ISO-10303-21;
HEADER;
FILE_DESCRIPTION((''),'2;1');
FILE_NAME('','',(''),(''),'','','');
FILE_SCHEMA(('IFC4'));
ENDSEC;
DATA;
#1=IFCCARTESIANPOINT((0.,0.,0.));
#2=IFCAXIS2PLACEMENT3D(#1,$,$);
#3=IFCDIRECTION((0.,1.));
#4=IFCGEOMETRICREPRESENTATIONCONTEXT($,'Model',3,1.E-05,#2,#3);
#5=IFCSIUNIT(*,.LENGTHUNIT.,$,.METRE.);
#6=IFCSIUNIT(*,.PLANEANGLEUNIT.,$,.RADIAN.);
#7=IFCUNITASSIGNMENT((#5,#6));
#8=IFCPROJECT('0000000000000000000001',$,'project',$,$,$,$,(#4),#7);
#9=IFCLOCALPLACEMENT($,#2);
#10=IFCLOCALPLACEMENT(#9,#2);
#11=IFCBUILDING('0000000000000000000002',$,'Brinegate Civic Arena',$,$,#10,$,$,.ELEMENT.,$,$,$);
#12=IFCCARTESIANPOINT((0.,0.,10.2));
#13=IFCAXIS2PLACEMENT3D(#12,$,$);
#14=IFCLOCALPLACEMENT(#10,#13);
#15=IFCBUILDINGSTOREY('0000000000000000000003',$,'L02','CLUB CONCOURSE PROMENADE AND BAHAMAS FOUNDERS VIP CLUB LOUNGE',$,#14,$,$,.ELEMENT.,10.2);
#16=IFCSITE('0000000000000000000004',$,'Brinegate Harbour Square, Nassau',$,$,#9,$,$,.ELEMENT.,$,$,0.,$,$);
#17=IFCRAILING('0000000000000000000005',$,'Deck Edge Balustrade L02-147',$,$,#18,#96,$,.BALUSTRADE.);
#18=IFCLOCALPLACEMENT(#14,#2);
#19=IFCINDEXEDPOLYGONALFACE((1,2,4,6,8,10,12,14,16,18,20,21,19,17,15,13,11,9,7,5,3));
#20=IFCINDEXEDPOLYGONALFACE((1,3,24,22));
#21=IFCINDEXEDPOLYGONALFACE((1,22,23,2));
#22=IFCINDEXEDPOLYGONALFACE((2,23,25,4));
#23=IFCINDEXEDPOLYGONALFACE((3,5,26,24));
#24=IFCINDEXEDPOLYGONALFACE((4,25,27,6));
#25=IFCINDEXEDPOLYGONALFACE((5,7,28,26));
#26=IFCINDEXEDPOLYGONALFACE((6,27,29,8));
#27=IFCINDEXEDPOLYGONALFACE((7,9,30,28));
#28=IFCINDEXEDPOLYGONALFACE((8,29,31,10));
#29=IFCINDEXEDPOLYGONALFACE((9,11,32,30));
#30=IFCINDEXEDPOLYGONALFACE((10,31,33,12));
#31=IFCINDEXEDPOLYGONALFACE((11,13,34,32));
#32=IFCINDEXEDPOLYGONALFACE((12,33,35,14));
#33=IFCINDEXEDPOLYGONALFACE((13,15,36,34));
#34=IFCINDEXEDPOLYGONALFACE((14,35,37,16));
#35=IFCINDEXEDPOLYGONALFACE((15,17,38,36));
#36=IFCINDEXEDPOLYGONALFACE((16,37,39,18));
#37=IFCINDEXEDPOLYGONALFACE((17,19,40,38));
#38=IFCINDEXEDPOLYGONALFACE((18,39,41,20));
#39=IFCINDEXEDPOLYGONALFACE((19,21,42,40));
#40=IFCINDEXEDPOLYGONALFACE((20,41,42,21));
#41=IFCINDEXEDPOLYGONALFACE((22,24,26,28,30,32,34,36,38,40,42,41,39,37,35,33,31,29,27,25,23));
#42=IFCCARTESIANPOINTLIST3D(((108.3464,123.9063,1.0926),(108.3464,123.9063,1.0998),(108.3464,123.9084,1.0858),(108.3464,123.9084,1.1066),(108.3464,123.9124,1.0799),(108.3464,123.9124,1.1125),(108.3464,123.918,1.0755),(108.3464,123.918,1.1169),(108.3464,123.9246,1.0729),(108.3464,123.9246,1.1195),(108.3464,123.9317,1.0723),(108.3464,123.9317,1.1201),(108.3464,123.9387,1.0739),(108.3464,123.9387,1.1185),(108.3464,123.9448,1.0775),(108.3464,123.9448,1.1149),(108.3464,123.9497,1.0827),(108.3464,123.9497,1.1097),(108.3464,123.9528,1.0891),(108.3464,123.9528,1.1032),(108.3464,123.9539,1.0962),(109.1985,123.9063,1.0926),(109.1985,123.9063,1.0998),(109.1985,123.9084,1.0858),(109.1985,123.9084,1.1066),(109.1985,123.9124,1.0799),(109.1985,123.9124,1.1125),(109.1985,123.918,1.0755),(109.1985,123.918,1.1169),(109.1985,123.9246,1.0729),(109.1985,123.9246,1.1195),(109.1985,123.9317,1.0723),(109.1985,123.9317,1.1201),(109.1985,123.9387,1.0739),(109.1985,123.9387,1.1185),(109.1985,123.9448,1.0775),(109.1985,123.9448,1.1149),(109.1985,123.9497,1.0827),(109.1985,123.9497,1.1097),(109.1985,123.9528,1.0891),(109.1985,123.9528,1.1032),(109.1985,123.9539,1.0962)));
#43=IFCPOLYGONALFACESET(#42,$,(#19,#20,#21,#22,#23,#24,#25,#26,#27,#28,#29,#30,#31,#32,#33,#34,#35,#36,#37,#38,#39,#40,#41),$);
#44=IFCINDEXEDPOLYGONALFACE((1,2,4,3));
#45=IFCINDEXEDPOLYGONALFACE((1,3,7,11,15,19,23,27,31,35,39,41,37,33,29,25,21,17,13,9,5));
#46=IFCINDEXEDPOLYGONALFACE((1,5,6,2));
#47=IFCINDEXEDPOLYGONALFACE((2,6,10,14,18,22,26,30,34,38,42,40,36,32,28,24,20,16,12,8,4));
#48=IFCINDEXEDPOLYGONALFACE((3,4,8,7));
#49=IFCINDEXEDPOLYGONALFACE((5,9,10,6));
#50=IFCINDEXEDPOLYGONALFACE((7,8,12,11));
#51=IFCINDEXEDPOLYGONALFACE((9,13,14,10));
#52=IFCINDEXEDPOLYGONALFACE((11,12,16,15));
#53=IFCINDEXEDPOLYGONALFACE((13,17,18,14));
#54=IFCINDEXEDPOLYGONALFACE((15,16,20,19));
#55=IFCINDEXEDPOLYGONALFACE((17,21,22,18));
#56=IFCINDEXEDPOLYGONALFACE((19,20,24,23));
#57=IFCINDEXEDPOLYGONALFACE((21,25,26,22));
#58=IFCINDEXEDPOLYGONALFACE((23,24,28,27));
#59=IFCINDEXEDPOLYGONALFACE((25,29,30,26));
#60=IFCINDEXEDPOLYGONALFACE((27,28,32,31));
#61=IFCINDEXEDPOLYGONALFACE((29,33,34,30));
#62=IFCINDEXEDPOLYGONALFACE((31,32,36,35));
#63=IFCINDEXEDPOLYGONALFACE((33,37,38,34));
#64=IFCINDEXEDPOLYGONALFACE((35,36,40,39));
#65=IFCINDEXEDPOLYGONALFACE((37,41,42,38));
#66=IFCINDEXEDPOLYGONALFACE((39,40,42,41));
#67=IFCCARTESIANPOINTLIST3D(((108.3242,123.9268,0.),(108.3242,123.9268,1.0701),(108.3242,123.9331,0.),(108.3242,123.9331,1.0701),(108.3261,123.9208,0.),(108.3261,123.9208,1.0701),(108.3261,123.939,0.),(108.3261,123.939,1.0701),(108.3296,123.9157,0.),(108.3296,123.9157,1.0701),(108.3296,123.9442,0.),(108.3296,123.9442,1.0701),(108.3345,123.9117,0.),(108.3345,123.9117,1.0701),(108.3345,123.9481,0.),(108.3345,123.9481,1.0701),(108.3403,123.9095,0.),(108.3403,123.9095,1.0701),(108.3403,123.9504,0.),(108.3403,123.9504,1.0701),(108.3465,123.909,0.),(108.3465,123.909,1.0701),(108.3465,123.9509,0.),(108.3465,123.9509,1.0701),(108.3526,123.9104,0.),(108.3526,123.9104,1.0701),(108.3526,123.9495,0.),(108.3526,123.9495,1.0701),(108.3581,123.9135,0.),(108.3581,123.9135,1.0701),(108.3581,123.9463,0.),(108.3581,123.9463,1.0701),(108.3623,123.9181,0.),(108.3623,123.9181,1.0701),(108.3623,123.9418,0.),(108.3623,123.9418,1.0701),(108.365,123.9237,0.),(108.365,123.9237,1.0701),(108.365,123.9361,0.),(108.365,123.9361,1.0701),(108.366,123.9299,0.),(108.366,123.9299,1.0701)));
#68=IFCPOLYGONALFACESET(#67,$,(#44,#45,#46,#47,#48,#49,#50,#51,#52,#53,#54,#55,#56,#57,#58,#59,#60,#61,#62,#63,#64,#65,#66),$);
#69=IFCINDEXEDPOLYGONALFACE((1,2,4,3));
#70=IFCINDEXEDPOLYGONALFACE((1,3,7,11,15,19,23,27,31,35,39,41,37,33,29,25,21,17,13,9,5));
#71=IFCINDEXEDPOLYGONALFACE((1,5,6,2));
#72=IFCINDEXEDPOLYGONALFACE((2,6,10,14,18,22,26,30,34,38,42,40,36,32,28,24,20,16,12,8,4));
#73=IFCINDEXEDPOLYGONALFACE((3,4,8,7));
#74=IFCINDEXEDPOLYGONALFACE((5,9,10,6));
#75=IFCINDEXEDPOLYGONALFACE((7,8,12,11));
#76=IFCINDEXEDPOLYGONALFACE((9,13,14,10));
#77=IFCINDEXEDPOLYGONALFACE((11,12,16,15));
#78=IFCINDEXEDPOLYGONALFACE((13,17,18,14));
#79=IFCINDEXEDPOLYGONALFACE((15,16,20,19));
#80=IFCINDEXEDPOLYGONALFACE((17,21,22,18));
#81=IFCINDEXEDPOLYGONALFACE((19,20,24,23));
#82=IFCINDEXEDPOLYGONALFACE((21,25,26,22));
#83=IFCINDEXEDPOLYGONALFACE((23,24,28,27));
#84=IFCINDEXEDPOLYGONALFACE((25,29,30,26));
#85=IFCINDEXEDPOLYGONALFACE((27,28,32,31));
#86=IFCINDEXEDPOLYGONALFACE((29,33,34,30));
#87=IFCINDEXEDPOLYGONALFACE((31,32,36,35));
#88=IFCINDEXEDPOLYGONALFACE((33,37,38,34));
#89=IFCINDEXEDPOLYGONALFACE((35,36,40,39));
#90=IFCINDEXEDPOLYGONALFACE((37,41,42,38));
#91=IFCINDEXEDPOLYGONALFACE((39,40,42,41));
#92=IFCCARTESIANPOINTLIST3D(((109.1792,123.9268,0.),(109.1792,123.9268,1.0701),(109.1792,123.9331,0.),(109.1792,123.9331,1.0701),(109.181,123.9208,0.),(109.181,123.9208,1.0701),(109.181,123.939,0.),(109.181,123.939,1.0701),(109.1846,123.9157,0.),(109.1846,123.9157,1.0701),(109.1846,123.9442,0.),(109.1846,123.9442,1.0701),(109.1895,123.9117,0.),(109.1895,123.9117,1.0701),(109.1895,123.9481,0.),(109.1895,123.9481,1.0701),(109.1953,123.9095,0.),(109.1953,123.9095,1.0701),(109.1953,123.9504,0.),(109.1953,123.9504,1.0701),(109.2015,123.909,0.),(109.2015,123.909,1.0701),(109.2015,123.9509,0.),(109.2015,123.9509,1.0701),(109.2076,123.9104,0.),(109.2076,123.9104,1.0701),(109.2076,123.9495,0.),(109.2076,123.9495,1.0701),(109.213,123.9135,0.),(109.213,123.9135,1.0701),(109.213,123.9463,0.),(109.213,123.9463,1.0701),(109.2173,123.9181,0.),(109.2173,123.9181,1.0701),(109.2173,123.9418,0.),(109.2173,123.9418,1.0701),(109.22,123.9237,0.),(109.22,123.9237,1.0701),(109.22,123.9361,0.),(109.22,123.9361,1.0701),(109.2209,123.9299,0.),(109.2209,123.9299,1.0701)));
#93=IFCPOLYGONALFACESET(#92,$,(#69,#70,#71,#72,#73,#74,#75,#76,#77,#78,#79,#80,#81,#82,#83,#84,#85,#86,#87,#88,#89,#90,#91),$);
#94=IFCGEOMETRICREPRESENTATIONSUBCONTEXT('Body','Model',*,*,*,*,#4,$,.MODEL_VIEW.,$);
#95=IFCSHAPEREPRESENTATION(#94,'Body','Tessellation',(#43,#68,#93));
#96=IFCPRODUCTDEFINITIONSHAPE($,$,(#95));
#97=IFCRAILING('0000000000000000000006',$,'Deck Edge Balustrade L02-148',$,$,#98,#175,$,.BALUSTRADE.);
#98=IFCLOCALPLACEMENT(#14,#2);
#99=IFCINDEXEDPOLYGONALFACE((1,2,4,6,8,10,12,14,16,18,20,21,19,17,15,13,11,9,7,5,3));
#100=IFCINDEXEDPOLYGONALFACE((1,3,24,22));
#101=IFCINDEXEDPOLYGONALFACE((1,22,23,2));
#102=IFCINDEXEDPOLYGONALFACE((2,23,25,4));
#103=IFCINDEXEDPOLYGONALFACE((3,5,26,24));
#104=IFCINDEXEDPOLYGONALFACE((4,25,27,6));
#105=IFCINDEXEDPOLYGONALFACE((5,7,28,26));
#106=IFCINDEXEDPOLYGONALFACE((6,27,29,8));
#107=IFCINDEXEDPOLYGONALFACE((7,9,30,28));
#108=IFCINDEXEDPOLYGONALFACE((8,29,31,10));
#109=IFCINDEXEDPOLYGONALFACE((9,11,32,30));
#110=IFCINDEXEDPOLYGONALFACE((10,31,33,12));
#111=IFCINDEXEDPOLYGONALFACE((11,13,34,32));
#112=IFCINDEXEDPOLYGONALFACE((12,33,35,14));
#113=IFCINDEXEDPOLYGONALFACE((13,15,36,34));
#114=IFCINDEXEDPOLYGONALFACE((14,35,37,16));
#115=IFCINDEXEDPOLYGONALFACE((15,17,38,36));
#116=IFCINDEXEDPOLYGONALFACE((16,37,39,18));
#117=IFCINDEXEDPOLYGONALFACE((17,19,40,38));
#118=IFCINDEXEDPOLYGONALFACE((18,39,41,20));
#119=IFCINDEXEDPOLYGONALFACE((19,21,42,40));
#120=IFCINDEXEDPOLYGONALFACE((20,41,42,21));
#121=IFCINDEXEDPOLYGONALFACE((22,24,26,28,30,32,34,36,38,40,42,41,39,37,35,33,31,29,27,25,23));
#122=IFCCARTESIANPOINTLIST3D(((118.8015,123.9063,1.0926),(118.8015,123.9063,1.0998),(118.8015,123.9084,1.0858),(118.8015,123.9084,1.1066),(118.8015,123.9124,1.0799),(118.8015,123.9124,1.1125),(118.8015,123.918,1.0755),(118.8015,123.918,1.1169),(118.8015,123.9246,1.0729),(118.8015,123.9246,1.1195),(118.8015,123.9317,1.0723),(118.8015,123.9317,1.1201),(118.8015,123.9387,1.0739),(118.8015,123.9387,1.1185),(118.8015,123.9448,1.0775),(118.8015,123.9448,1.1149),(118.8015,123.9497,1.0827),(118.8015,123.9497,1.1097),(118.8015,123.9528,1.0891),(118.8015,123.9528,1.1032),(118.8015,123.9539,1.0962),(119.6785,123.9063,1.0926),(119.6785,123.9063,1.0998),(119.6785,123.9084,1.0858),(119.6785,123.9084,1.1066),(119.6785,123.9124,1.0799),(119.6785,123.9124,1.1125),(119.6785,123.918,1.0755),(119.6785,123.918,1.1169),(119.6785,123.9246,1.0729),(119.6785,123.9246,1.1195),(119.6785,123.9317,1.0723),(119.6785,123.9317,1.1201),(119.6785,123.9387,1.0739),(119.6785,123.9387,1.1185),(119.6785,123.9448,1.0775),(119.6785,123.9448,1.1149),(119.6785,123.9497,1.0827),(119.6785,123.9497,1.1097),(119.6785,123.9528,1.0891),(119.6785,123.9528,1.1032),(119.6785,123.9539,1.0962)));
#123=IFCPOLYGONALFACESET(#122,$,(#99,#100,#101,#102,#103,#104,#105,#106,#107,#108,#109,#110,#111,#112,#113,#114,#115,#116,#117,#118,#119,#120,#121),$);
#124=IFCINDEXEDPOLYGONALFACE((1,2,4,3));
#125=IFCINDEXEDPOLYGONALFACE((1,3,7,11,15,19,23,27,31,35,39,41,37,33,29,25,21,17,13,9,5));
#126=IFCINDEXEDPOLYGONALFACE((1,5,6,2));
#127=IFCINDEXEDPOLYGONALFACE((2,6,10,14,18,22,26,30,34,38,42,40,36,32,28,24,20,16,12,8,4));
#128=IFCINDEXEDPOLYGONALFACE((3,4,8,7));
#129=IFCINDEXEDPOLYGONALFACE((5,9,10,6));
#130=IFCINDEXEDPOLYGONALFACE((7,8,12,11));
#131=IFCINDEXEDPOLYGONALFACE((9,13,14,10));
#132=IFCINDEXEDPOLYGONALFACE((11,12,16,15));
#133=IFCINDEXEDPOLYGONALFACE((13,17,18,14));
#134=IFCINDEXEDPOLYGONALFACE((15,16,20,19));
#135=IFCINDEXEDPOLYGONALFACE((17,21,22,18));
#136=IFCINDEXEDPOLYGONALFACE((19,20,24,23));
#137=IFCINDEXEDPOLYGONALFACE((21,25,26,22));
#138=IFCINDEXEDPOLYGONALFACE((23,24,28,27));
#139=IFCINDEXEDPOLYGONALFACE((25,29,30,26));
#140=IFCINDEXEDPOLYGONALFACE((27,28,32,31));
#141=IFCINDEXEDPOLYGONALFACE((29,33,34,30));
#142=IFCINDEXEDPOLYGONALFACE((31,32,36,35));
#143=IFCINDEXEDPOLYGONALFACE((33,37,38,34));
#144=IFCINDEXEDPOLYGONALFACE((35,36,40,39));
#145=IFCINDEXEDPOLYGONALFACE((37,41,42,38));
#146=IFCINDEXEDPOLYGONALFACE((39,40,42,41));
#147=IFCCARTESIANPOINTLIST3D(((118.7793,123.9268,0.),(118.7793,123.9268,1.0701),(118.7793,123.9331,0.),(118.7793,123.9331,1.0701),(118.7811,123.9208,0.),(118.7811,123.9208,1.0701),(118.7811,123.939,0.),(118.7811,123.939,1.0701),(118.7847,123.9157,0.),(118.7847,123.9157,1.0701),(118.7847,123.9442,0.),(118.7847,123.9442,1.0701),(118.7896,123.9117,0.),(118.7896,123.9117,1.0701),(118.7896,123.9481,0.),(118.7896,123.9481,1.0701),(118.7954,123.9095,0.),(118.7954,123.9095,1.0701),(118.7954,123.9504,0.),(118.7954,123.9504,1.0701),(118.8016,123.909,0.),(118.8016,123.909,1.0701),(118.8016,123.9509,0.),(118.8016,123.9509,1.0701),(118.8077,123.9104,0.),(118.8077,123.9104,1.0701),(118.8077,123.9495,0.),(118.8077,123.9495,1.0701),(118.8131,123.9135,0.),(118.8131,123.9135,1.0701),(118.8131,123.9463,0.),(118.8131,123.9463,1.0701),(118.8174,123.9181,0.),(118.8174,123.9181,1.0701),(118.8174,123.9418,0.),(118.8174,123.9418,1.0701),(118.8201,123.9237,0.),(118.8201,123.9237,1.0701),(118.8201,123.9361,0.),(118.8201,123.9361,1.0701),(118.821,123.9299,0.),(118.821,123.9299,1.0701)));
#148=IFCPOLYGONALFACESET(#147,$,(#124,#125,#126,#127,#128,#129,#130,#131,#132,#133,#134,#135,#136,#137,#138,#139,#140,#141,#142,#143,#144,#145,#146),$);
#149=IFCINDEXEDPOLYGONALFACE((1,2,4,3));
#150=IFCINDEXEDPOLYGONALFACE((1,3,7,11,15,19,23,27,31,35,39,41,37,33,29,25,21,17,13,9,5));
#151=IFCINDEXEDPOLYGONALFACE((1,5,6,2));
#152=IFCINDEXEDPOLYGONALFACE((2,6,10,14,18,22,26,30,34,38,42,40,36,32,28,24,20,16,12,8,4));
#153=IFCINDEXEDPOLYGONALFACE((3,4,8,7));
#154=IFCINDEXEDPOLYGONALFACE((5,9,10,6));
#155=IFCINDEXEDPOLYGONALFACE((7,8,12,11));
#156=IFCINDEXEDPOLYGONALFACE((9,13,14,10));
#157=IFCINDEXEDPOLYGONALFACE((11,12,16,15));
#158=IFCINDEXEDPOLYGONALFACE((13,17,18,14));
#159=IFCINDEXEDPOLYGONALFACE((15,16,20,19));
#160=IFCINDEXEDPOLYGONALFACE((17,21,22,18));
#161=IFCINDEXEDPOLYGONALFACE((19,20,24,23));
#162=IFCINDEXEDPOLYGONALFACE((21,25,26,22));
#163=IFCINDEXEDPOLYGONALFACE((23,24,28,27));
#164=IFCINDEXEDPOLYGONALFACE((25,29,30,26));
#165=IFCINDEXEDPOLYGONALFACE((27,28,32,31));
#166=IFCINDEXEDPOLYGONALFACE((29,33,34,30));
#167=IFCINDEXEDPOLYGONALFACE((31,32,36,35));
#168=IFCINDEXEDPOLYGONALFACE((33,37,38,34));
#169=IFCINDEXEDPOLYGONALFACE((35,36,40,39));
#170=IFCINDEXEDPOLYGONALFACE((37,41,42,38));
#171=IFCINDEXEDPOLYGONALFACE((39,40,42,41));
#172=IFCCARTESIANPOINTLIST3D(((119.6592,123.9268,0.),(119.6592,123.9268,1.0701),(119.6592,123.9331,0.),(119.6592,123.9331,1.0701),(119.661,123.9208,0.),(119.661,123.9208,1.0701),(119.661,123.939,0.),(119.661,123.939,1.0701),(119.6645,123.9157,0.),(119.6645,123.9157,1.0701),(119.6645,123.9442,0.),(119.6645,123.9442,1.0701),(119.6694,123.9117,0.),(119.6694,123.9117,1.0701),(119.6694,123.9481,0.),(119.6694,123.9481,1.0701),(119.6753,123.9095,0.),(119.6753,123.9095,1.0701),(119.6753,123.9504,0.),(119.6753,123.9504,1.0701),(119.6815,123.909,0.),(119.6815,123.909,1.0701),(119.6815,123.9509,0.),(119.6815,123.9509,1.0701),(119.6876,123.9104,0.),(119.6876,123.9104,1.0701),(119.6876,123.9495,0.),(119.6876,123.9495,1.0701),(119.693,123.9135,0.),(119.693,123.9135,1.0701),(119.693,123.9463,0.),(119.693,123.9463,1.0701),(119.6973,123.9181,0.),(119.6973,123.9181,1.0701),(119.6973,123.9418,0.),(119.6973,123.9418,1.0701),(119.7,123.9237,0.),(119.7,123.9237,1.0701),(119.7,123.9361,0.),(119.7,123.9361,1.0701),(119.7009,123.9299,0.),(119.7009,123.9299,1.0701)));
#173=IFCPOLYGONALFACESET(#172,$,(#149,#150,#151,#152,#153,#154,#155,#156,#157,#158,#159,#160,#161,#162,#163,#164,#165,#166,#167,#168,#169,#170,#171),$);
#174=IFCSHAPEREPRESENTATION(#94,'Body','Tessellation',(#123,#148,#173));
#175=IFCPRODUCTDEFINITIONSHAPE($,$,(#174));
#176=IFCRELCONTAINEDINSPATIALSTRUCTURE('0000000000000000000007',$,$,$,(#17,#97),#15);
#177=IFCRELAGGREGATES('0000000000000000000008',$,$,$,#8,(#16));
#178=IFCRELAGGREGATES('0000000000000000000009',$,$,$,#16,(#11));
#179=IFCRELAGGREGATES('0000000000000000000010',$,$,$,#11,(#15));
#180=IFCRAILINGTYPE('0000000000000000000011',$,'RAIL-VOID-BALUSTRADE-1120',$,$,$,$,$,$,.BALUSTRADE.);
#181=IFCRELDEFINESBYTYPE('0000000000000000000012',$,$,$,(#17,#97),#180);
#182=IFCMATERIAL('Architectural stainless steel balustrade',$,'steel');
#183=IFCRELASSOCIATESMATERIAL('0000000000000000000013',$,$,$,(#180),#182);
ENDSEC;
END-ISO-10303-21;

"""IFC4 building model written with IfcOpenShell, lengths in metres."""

from ifc_helpers import new_model, si_unit, direction, frame, origin, origin_2d, place, context, subcontext, project, spatial, circle, extrude, material, type_object, element, save


model = new_model("IFC4")

# Units and contexts
model_context = context("Model", 3, precision=1e-05, world=origin(), true_north=direction((0.0, 1.0)))
body_context = subcontext(model_context, "Body", "Model", "MODEL_VIEW")
ifc_project = project(units=[si_unit("LENGTHUNIT", "METRE"), si_unit("PLANEANGLEUNIT", "RADIAN")], contexts=[model_context])

# Site, building, storey
site_placement = place(None, origin())
site = spatial("IfcSite", under=ifc_project, at=site_placement, Name="Brinegate Harbour Square, Nassau", CompositionType="ELEMENT", RefElevation=0.0)
building_placement = place(site_placement, origin())
building = spatial("IfcBuilding", under=site, at=building_placement, Name="Brinegate Civic Arena", CompositionType="ELEMENT")
storey_placement = place(building_placement, frame((0.0, 0.0, 10.2)))
storey = spatial("IfcBuildingStorey", under=building, at=storey_placement, Name="L02", Description="CLUB CONCOURSE PROMENADE AND BAHAMAS FOUNDERS VIP CLUB LOUNGE", CompositionType="ELEMENT", Elevation=10.2)

# Railings
ifc_material_1 = material(Name="Architectural stainless steel balustrade", Category="steel")
railing_type_1 = type_object("IfcRailingType", Name="RAIL-VOID-BALUSTRADE-1120", PredefinedType="BALUSTRADE", material=ifc_material_1)
railing_1_placement = place(storey_placement, frame((108.345, 123.9299, 0.0)))
element("IfcRailing", 1, at=railing_1_placement, inside=storey, type_object=railing_type_1, Name="Deck Edge Balustrade L02-147", PredefinedType="BALUSTRADE", context=body_context, shape_type="SweptSolid", body=[
    extrude(circle(Radius=0.0239, at=origin_2d()), frame((0.0015, 0.0, 1.0962), z_axis=(1.0, 0.0, 0.0), x_axis=(0.0, 1.0, 0.0)), (0.0, 0.0, 1.0), 0.8521),
    extrude(circle(Radius=0.021, at=origin_2d()), origin(), (0.0, 0.0, 1.0), 1.0701),
    extrude(circle(Radius=0.021, at=origin_2d()), frame((0.855, 0.0, 0.0)), (0.0, 0.0, 1.0), 1.0701),
])
for number, where, name in (
    (2, (118.8, 123.9299, 0.0), "Deck Edge Balustrade L02-148"),
):
    element("IfcRailing", number, at=place(storey_placement, frame(where)), inside=storey, type_object=railing_type_1, Name=name, PredefinedType="BALUSTRADE", context=body_context, shape_type="SweptSolid", body=[
        extrude(circle(Radius=0.0239, at=origin_2d()), frame((0.0015, 0.0, 1.0962), z_axis=(1.0, 0.0, 0.0), x_axis=(0.0, 1.0, 0.0)), (0.0, 0.0, 1.0), 0.877),
        extrude(circle(Radius=0.021, at=origin_2d()), origin(), (0.0, 0.0, 1.0), 1.0701),
        extrude(circle(Radius=0.021, at=origin_2d()), frame((0.8799, 0.0, 0.0)), (0.0, 0.0, 1.0), 1.0701),
    ])

save(model, "model.ifc")
